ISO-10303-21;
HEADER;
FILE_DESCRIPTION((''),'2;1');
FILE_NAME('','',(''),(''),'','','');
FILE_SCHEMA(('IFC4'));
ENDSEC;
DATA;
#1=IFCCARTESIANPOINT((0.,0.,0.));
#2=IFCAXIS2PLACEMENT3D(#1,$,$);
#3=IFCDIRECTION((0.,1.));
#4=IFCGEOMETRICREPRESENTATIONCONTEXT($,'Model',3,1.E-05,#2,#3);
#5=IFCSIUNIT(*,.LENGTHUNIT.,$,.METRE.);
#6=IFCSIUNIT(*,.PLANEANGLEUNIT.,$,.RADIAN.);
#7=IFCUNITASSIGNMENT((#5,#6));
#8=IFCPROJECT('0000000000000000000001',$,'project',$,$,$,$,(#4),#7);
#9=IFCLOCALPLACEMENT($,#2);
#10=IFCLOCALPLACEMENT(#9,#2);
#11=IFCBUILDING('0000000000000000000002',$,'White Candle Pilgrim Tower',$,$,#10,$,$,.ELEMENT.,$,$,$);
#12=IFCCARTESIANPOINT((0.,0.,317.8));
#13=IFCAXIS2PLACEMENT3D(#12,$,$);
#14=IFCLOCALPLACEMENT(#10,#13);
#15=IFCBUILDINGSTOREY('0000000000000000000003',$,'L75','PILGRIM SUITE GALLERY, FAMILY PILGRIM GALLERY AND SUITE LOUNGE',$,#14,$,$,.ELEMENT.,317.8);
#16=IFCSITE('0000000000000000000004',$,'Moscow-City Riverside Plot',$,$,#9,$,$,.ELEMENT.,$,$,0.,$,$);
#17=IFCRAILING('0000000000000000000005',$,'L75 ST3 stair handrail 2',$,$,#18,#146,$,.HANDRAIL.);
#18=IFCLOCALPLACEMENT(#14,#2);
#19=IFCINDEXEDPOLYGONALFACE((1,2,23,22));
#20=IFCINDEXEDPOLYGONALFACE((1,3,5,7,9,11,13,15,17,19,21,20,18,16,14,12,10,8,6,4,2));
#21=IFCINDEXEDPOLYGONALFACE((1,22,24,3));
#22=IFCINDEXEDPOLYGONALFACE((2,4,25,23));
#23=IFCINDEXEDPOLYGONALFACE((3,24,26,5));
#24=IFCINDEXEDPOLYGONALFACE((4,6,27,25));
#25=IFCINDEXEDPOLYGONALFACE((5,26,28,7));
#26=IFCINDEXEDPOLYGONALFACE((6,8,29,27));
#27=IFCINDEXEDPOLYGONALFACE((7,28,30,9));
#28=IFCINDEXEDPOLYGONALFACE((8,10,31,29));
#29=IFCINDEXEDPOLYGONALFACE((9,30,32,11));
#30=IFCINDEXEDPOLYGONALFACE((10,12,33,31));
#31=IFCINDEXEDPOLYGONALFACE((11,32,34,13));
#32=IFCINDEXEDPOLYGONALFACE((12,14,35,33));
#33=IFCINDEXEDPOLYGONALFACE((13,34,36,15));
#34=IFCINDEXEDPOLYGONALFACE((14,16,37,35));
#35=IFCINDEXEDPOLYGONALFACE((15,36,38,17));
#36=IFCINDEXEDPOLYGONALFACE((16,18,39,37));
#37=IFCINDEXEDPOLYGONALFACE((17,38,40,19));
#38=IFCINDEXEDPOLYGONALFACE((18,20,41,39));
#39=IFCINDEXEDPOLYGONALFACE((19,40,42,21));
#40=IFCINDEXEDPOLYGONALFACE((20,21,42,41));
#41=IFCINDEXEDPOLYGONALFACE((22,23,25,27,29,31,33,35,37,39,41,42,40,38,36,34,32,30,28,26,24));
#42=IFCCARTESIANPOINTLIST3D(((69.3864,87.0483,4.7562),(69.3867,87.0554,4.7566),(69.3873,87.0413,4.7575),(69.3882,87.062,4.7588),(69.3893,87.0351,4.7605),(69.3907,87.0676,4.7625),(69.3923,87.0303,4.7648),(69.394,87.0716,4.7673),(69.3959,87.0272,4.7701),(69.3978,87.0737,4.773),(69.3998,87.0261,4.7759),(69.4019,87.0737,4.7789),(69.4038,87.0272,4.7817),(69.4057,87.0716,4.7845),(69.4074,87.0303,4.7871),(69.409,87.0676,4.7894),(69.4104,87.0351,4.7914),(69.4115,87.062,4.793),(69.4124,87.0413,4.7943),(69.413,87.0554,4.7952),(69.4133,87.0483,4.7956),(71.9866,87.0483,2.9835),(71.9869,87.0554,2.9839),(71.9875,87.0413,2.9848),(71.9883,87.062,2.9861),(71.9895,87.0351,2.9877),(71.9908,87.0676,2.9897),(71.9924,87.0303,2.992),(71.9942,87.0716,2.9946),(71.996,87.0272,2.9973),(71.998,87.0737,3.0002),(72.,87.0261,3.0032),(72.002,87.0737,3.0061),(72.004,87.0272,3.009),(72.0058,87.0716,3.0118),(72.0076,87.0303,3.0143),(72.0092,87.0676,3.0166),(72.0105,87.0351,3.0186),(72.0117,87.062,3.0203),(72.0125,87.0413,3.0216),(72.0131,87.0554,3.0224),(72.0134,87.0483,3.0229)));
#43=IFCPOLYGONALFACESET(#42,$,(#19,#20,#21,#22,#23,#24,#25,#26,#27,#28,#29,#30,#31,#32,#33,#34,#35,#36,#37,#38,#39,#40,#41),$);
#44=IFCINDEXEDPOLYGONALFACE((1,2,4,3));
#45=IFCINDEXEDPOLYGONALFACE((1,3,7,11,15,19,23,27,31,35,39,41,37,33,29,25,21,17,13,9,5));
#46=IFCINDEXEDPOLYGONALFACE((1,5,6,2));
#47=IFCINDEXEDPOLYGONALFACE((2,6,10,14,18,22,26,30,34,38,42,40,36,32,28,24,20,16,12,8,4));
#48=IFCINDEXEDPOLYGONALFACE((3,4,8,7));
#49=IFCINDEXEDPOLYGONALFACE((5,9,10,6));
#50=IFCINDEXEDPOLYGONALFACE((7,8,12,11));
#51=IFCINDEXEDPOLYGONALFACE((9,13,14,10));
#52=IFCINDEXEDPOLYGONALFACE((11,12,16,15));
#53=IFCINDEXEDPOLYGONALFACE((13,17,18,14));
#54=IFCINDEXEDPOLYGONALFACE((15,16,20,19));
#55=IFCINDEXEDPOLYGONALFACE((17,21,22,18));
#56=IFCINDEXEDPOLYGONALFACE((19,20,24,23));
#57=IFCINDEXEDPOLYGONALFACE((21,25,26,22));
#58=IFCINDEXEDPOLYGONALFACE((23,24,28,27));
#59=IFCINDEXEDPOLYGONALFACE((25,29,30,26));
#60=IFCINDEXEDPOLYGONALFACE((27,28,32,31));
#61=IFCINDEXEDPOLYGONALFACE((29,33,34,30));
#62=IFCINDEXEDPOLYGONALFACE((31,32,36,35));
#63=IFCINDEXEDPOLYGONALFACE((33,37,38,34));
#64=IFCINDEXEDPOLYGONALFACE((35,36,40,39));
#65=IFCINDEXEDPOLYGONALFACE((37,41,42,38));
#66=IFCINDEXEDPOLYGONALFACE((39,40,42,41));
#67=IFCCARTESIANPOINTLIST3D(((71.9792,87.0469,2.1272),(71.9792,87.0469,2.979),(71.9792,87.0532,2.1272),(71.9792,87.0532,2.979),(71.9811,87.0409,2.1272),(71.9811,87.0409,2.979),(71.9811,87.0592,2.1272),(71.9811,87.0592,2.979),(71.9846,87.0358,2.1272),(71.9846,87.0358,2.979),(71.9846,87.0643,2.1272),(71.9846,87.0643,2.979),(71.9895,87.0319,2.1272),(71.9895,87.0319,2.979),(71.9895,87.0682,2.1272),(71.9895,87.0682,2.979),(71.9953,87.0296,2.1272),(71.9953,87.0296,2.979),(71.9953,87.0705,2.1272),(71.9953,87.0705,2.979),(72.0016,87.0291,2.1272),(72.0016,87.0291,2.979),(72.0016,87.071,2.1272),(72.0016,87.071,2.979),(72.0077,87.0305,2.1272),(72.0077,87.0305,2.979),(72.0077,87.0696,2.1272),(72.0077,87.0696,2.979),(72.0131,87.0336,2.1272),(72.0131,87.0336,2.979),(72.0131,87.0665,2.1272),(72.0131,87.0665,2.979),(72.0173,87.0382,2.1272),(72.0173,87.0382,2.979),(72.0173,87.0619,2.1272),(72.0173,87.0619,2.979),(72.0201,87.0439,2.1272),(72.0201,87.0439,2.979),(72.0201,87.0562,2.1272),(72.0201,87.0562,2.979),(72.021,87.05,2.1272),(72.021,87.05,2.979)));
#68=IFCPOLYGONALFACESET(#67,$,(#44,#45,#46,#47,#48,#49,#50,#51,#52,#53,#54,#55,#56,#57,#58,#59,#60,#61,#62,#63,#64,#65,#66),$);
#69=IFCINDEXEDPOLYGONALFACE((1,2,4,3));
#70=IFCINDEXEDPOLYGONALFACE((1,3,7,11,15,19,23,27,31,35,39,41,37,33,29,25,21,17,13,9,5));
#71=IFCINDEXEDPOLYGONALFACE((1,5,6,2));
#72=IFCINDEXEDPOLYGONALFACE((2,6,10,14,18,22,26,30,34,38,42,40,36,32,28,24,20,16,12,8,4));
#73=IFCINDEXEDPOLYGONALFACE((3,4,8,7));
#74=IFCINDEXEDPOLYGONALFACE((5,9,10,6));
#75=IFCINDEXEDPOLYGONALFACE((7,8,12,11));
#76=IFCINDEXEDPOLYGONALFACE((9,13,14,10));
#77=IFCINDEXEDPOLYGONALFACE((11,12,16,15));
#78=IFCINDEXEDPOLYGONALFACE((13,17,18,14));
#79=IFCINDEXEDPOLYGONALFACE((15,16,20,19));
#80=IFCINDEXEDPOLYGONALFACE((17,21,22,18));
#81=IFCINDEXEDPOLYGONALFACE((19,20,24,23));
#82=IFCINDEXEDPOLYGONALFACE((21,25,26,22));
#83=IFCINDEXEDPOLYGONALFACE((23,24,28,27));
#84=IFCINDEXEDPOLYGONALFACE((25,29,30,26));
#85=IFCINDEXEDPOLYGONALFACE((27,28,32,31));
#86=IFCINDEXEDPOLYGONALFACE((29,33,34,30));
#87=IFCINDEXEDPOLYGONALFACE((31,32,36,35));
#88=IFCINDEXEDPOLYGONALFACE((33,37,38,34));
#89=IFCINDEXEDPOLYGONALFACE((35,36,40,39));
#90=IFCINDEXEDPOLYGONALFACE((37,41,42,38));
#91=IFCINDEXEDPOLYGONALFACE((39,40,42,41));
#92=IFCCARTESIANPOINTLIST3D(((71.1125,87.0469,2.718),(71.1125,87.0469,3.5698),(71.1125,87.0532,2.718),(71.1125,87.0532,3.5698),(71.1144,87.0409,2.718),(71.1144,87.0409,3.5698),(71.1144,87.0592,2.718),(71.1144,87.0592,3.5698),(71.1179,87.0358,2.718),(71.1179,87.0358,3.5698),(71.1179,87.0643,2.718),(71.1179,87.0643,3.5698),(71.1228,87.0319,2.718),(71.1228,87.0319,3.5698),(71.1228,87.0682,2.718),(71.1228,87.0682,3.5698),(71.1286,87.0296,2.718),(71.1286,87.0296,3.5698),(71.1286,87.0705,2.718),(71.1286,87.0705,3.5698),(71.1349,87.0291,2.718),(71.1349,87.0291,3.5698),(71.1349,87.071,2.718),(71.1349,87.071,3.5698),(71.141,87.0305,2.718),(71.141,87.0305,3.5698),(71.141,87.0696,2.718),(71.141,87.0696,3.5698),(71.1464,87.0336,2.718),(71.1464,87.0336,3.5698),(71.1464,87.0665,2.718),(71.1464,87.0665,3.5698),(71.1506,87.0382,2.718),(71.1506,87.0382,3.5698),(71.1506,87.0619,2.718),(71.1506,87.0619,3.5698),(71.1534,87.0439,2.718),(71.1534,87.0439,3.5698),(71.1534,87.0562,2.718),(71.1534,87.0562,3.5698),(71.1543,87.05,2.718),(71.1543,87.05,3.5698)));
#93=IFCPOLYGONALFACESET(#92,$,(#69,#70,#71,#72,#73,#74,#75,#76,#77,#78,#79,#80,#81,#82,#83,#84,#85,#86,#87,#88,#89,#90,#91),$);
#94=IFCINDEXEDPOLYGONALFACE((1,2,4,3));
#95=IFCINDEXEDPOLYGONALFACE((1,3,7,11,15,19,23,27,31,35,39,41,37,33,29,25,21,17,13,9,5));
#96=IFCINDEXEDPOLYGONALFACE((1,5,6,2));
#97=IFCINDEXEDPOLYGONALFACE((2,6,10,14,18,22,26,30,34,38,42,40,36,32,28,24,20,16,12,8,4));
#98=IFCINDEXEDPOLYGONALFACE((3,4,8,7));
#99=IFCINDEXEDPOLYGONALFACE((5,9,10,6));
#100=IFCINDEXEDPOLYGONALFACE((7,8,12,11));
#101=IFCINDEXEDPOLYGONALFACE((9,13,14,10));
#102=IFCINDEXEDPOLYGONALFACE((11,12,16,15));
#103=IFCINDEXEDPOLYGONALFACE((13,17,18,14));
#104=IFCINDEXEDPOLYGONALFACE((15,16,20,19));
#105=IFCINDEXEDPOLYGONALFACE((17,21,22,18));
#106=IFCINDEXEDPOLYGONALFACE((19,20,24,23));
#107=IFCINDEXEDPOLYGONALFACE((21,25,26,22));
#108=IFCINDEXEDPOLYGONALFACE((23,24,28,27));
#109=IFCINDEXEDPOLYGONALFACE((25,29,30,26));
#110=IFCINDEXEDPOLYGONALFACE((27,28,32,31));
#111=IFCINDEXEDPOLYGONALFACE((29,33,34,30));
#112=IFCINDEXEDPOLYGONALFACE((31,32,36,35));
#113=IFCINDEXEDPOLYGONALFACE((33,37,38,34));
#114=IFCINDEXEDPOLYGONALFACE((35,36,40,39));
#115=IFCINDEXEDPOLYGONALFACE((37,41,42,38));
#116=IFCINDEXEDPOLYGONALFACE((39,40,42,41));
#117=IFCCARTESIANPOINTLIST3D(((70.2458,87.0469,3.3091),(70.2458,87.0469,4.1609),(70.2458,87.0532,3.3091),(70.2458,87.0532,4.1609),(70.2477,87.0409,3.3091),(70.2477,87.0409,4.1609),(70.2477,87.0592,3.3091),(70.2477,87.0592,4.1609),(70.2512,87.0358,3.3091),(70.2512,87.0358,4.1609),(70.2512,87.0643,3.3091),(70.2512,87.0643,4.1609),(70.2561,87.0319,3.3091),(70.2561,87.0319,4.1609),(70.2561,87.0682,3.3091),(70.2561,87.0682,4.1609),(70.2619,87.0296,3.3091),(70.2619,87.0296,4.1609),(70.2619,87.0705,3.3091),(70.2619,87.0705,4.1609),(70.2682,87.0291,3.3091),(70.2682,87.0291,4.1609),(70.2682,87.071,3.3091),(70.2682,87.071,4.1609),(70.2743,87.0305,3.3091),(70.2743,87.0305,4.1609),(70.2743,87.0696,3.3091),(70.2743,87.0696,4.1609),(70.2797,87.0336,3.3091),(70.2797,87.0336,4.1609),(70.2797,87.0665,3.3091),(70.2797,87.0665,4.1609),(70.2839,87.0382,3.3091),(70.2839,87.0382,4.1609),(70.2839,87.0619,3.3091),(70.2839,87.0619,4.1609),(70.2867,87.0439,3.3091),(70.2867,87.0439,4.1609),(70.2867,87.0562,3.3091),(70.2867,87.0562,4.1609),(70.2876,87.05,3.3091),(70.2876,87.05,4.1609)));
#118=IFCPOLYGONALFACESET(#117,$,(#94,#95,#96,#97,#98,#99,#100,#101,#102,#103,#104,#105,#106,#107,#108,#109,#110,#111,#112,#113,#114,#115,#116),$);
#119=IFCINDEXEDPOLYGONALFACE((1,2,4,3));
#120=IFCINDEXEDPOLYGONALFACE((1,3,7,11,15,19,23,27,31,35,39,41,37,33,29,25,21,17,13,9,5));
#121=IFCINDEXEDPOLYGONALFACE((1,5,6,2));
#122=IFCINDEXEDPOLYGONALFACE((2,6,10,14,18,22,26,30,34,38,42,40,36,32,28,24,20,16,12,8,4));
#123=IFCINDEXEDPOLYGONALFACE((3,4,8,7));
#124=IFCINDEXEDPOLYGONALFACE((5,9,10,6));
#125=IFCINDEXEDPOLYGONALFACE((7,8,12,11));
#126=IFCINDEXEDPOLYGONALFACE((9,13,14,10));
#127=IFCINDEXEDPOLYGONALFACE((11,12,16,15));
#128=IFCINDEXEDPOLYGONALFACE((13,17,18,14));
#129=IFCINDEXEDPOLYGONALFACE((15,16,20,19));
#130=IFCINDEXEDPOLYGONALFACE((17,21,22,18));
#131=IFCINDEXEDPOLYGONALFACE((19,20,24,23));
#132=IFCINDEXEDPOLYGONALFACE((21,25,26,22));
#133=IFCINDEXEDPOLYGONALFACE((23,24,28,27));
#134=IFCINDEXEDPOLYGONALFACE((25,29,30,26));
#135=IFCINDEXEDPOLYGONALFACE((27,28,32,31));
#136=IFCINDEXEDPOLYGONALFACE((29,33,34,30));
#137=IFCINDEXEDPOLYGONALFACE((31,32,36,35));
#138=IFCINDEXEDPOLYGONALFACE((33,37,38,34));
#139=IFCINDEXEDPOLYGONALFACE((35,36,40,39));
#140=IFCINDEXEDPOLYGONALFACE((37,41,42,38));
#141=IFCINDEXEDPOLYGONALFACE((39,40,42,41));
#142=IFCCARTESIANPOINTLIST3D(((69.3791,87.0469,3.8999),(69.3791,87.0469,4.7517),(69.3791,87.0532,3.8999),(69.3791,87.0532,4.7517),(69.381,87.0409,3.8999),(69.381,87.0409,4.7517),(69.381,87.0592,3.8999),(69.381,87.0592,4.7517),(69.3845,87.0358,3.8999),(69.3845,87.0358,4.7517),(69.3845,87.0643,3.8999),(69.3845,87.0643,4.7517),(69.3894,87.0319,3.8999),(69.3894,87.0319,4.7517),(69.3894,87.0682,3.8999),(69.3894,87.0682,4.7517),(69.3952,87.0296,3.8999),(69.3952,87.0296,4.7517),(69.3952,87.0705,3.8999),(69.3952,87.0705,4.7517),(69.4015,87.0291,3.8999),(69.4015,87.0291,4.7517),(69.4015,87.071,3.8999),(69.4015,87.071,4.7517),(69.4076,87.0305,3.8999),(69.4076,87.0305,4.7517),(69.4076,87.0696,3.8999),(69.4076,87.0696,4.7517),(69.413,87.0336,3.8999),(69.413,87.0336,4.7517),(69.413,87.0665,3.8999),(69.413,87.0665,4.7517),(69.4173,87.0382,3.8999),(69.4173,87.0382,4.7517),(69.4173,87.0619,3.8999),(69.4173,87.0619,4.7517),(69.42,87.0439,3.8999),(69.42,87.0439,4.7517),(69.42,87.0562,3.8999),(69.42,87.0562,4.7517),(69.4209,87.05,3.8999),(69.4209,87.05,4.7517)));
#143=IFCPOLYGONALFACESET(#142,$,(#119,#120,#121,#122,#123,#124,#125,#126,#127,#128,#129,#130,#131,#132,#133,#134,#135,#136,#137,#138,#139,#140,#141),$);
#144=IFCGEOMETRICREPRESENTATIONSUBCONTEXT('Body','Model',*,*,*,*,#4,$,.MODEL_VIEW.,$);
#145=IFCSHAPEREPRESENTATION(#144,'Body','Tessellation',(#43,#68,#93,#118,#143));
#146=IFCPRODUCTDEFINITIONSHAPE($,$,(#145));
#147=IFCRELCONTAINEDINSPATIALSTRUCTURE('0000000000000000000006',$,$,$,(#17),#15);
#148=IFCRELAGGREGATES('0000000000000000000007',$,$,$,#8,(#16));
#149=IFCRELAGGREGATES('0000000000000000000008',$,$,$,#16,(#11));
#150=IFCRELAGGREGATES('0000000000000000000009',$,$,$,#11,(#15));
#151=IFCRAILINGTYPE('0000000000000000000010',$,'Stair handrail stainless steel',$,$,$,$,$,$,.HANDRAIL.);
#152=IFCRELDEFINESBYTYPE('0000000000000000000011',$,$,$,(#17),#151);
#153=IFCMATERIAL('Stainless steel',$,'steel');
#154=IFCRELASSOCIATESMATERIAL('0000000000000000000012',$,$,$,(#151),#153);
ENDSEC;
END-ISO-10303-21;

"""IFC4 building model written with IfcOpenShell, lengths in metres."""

from ifc_helpers import new_model, si_unit, direction, frame, origin, origin_2d, place, context, subcontext, project, spatial, circle, extrude, material, type_object, element, save


model = new_model("IFC4")

# Units and contexts
model_context = context("Model", 3, precision=1e-05, world=origin(), true_north=direction((0.0, 1.0)))
body_context = subcontext(model_context, "Body", "Model", "MODEL_VIEW")
ifc_project = project(units=[si_unit("LENGTHUNIT", "METRE"), si_unit("PLANEANGLEUNIT", "RADIAN")], contexts=[model_context])

# Site, building, storey
site_placement = place(None, origin())
site = spatial("IfcSite", under=ifc_project, at=site_placement, Name="Moscow-City Riverside Plot", CompositionType="ELEMENT", RefElevation=0.0)
building_placement = place(site_placement, origin())
building = spatial("IfcBuilding", under=site, at=building_placement, Name="White Candle Pilgrim Tower", CompositionType="ELEMENT")
storey_placement = place(building_placement, frame((0.0, 0.0, 317.8)))
storey = spatial("IfcBuildingStorey", under=building, at=storey_placement, Name="L75", Description="PILGRIM SUITE GALLERY, FAMILY PILGRIM GALLERY AND SUITE LOUNGE", CompositionType="ELEMENT", Elevation=317.8)

# Railing
ifc_material_1 = material(Name="Stainless steel", Category="steel")
railing_type_1 = type_object("IfcRailingType", Name="Stair handrail stainless steel", PredefinedType="HANDRAIL", material=ifc_material_1)
railing_1_placement = place(storey_placement, frame((72.0, 87.05, 2.1272)))
element("IfcRailing", 1, at=railing_1_placement, inside=storey, type_object=railing_type_1, Name="L75 ST3 stair handrail 2", PredefinedType="HANDRAIL", context=body_context, shape_type="SweptSolid", body=[
    extrude(circle(Radius=0.0239, at=origin_2d()), frame((0.0, 0.0, 0.876), z_axis=(-0.82624, 0.0, 0.563318), x_axis=(0.0, -1.0, 0.0)), (0.0, 0.0, 1.0), 3.147),
    extrude(circle(Radius=0.021, at=origin_2d()), origin(), (0.0, 0.0, 1.0), 0.8518),
    extrude(circle(Radius=0.021, at=origin_2d()), frame((-0.8667, 0.0, 0.5908)), (0.0, 0.0, 1.0), 0.8518),
    extrude(circle(Radius=0.021, at=origin_2d()), frame((-1.7334, 0.0, 1.1819)), (0.0, 0.0, 1.0), 0.8518),
    extrude(circle(Radius=0.021, at=origin_2d()), frame((-2.6001, 0.0, 1.7727)), (0.0, 0.0, 1.0), 0.8518),
])

save(model, "model.ifc")
